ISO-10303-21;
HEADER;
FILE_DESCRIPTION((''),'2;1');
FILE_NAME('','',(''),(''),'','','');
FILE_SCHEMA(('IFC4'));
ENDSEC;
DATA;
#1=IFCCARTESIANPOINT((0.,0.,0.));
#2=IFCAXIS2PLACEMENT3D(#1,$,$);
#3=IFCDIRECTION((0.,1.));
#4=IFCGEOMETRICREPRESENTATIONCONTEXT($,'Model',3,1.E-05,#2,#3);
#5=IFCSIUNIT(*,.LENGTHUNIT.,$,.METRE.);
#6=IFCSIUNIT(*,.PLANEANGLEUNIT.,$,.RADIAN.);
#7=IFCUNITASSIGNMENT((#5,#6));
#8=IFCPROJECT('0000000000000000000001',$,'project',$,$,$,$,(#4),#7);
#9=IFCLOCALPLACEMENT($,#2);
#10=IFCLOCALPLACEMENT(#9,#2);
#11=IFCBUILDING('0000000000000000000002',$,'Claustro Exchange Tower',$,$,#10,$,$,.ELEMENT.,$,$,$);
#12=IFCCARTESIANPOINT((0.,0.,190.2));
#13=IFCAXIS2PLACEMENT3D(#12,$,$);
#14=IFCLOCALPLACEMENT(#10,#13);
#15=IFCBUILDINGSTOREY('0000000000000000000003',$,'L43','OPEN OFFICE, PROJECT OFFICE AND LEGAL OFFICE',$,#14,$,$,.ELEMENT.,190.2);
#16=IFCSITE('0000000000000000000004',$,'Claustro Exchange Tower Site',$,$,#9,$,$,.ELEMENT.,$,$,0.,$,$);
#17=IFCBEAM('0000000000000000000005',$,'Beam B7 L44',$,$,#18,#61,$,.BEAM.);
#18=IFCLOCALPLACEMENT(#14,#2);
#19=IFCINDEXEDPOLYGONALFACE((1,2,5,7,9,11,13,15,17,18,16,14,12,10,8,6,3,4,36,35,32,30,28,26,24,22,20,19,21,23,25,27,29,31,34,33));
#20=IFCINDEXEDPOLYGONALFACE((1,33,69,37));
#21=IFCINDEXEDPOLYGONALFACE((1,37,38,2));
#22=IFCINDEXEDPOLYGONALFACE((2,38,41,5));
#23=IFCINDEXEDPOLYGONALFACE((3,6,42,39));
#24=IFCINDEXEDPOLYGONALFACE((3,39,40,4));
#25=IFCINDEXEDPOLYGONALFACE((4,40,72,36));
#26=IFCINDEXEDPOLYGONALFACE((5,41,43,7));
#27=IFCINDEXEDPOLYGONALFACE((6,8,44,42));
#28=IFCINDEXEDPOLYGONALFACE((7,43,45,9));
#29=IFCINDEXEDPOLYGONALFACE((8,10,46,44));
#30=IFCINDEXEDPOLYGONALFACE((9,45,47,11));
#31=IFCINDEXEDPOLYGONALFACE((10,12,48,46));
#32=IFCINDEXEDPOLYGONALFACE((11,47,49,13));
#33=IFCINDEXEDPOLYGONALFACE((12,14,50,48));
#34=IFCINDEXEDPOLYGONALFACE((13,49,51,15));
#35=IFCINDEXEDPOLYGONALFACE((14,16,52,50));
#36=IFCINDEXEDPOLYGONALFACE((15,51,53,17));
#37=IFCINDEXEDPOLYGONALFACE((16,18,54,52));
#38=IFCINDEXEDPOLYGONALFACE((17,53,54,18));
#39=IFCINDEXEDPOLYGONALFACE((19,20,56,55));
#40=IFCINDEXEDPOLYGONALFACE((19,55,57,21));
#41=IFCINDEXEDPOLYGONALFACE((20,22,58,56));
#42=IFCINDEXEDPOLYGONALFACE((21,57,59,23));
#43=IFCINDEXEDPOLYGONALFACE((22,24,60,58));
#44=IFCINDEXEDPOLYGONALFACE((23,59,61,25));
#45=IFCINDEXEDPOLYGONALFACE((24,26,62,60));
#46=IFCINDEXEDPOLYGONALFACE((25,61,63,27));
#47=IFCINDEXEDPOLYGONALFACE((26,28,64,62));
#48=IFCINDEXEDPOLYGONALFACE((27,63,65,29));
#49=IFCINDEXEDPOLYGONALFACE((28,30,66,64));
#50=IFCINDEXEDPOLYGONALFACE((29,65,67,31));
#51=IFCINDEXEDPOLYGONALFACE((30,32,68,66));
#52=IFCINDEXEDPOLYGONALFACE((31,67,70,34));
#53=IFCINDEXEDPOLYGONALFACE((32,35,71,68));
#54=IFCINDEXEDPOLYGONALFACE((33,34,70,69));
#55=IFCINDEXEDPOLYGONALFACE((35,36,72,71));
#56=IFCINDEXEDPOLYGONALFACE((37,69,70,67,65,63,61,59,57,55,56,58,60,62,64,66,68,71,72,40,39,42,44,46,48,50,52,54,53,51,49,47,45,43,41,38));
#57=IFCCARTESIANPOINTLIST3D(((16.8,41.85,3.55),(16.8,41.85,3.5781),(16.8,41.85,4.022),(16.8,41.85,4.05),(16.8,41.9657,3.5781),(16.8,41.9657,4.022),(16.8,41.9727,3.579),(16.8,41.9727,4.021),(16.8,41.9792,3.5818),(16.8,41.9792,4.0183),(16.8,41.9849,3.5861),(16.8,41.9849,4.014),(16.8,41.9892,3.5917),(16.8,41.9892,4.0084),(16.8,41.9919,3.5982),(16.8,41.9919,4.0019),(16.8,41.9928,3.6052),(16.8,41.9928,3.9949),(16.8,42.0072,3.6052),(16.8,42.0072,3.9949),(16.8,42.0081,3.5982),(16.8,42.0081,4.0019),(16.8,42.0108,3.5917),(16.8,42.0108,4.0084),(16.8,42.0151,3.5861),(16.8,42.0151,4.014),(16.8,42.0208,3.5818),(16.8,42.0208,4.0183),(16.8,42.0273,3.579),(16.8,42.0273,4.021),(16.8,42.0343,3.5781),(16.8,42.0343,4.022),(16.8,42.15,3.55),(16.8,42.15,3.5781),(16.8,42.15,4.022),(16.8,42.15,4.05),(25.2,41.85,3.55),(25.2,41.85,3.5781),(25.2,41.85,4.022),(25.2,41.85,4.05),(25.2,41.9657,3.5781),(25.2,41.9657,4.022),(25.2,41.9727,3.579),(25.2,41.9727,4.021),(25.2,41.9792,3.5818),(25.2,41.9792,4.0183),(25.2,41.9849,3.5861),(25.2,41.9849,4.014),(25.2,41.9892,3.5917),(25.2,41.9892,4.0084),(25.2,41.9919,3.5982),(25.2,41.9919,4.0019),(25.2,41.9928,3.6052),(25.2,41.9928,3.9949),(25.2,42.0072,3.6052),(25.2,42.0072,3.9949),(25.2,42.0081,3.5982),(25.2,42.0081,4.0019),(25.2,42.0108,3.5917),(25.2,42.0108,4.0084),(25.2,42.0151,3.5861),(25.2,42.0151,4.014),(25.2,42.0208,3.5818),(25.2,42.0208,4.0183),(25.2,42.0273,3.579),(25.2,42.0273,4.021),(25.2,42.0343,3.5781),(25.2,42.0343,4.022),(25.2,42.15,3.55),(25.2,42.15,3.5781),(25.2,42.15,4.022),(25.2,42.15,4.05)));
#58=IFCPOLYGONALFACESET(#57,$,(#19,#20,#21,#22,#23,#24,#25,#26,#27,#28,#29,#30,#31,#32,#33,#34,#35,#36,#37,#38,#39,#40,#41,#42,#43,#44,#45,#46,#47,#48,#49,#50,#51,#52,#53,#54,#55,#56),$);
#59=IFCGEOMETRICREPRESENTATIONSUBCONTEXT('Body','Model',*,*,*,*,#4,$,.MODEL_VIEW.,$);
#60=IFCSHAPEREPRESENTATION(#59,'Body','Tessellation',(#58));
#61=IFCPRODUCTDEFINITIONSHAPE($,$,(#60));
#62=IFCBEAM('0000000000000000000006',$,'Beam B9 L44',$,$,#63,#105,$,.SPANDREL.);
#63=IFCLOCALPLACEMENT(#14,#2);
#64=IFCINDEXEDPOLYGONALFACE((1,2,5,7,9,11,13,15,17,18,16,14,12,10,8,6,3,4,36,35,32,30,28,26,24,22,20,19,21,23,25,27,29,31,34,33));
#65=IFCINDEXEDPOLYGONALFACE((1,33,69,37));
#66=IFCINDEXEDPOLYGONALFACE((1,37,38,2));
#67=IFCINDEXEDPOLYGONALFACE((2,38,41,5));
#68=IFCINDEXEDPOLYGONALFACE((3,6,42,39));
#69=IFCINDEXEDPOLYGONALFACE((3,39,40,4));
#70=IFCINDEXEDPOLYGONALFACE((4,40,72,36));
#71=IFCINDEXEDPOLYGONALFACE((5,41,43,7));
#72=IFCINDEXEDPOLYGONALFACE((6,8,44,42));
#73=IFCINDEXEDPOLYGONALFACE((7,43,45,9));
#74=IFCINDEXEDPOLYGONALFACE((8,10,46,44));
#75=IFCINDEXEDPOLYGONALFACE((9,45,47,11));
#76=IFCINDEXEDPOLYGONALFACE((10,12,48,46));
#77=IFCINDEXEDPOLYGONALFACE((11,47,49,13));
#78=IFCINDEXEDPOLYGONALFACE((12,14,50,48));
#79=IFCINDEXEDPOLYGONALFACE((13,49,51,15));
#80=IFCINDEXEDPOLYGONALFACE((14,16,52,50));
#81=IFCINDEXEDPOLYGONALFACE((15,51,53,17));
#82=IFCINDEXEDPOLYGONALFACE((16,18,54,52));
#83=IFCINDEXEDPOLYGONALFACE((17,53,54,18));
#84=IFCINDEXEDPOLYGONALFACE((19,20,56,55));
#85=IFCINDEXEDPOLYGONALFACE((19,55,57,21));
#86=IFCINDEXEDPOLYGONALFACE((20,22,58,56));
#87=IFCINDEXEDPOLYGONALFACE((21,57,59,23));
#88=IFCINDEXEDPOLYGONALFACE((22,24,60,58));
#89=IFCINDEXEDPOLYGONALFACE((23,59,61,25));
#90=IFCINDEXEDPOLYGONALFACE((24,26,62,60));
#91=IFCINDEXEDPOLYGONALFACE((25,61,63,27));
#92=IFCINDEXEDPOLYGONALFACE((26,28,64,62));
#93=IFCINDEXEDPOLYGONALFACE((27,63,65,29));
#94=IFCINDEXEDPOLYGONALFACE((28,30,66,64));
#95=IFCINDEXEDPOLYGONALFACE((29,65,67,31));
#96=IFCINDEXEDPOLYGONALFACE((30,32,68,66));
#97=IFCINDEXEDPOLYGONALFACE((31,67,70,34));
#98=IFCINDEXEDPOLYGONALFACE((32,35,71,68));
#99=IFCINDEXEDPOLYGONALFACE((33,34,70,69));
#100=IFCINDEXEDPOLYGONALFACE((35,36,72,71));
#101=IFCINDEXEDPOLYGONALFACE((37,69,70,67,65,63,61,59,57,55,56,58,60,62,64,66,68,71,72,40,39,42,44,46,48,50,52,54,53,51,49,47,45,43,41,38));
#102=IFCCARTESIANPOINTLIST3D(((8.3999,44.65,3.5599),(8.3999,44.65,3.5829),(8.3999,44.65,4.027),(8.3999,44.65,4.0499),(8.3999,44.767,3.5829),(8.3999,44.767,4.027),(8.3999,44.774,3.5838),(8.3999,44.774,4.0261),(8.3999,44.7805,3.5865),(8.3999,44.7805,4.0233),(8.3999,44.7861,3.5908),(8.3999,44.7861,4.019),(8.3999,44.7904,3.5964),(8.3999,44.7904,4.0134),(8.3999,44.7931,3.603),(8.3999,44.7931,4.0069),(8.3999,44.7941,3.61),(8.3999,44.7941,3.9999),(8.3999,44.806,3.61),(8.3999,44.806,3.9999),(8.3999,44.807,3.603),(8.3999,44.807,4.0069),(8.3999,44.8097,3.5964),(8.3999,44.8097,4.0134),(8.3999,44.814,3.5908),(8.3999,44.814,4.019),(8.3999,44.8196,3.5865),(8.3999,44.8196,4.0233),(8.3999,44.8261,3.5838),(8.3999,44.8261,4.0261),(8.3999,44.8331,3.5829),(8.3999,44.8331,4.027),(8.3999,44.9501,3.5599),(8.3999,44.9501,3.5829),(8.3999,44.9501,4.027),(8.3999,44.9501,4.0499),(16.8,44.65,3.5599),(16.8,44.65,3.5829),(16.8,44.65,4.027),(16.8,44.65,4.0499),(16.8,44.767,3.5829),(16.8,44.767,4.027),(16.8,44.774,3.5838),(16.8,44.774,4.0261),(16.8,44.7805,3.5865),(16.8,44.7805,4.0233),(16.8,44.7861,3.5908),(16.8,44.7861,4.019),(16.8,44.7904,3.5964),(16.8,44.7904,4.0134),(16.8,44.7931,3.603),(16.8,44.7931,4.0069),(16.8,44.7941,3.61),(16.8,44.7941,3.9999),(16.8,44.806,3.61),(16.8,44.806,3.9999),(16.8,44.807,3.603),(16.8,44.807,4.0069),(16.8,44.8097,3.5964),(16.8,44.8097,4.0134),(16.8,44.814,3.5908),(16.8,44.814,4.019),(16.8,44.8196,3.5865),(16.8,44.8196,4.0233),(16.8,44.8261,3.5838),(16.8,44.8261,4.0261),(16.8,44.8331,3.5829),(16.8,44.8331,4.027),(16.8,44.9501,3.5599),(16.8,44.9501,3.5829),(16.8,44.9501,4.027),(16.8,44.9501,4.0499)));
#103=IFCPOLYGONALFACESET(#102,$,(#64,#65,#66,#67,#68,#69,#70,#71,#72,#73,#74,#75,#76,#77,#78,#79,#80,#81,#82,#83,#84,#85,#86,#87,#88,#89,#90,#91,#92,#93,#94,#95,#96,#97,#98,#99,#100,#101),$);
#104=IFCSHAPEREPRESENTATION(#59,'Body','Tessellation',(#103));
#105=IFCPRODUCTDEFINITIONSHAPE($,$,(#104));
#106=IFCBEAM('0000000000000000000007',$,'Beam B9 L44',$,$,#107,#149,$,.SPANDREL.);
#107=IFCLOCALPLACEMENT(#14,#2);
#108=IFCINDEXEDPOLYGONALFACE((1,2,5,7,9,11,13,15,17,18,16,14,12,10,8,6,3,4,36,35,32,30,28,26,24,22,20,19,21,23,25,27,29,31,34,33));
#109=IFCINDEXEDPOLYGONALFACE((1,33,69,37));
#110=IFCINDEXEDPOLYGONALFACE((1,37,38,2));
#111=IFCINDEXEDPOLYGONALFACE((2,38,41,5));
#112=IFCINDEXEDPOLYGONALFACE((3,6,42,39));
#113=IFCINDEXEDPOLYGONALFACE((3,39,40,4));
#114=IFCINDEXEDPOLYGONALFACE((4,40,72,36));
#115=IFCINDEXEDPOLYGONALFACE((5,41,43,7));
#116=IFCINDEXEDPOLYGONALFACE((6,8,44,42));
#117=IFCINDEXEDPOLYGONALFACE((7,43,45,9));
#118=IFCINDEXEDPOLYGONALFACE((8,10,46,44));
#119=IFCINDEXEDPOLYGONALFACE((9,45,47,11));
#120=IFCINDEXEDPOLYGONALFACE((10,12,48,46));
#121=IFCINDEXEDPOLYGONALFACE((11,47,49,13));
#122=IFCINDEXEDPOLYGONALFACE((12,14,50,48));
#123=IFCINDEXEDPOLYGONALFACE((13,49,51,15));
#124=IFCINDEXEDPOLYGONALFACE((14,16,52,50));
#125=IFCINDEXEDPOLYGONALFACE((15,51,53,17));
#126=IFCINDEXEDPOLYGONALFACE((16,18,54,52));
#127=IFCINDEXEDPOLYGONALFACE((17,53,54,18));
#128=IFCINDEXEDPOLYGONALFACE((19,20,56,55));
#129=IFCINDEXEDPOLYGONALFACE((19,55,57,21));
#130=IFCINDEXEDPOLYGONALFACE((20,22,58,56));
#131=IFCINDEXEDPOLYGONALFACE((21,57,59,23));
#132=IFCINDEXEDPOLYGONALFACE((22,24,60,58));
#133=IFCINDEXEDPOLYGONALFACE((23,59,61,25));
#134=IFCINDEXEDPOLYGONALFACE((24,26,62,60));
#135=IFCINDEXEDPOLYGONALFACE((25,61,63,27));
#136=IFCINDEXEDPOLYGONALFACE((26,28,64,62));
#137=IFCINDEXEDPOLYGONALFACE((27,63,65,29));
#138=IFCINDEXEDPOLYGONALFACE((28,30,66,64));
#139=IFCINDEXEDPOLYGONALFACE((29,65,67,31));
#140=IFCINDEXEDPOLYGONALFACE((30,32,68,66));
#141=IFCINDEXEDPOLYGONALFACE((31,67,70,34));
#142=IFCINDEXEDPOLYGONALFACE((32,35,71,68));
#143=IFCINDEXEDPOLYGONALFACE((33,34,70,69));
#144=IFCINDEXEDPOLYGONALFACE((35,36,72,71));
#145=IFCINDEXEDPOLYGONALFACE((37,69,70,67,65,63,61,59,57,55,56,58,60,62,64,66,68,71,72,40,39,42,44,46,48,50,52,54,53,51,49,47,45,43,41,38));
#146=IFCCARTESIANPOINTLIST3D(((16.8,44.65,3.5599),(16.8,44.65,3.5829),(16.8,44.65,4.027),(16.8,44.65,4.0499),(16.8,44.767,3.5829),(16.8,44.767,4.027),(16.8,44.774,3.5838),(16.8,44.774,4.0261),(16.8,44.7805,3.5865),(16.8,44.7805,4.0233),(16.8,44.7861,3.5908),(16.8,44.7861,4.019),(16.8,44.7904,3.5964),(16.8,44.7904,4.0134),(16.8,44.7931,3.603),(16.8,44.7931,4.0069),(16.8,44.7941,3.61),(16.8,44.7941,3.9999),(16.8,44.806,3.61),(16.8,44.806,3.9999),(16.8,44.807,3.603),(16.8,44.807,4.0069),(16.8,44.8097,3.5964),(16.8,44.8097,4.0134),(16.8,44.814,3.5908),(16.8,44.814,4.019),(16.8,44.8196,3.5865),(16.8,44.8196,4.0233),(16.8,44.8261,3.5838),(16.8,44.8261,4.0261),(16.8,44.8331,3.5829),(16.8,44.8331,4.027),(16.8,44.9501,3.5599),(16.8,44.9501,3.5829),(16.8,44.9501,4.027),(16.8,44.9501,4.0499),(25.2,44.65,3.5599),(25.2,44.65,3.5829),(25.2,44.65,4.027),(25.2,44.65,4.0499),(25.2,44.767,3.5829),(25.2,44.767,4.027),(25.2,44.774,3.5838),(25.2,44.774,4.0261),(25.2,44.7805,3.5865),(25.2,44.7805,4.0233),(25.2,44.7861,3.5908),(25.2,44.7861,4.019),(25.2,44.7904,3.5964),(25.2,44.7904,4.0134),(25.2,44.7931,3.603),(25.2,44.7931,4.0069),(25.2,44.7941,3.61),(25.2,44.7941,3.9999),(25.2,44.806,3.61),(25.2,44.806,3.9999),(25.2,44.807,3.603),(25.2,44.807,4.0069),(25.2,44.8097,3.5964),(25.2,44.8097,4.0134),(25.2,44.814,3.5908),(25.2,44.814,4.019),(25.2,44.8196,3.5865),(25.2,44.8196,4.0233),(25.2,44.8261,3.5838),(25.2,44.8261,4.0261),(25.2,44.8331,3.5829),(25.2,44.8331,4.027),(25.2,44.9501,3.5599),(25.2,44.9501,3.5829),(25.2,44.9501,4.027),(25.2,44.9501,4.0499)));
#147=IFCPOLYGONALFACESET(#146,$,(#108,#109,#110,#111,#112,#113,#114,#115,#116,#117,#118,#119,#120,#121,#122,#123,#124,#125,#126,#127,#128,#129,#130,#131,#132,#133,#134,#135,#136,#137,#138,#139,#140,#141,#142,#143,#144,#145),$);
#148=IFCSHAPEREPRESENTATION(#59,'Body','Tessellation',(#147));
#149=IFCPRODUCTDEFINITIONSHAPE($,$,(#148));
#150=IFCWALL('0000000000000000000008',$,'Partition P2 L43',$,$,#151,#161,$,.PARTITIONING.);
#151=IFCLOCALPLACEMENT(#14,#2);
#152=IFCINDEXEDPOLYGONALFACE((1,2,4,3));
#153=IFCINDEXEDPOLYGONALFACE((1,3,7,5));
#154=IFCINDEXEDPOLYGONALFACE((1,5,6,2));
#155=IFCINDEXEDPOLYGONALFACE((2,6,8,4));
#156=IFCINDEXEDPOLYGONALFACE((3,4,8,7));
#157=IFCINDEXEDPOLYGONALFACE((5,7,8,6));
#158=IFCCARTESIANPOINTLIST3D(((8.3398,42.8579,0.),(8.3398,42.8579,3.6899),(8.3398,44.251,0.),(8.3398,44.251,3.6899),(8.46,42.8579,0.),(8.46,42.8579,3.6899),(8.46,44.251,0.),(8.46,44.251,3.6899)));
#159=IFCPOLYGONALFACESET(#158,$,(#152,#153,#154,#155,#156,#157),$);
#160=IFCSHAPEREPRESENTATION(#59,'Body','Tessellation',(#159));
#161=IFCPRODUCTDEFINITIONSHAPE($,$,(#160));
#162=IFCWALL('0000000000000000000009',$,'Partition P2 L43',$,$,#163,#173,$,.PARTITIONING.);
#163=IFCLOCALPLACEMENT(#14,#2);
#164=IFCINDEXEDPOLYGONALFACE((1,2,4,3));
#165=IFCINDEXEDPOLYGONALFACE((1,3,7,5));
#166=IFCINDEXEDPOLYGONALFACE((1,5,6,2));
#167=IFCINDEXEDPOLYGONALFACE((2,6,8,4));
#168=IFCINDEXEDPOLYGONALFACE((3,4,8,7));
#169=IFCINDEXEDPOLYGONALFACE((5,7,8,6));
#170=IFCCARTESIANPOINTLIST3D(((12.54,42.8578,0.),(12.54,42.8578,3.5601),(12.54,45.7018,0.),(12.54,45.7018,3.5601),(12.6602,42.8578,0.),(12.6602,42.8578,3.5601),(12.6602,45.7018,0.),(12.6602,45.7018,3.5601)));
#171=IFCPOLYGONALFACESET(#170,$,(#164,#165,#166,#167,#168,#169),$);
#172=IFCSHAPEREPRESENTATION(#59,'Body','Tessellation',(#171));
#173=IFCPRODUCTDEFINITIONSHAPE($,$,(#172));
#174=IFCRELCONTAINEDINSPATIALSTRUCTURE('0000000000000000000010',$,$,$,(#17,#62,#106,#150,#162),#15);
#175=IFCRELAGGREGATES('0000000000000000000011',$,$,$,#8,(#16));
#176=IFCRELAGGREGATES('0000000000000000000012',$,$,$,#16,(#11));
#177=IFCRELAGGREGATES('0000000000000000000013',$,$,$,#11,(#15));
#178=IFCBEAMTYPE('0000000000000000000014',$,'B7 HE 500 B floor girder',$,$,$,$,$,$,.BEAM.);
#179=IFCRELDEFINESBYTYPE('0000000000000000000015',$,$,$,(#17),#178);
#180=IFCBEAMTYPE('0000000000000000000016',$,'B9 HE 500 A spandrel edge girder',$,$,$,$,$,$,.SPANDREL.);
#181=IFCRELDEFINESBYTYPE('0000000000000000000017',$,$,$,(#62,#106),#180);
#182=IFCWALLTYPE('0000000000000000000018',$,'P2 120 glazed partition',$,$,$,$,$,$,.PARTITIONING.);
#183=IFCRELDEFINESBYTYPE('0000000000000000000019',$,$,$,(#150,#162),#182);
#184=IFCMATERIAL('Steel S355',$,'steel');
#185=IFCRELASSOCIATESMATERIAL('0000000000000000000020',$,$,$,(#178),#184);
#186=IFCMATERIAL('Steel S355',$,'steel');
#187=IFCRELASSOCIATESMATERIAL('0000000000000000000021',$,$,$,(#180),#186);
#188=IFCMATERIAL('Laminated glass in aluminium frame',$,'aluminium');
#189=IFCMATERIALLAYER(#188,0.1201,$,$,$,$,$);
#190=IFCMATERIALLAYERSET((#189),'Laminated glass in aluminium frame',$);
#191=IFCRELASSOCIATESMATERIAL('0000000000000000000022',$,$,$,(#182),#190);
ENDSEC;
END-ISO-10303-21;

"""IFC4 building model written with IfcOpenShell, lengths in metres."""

from ifc_helpers import new_model, si_unit, direction, frame, frame_2d, origin, origin_2d, place, context, subcontext, project, spatial, rectangle, i_section, extrude, material, layer, layer_set, material_profile, profile_set, type_object, element, save


model = new_model("IFC4")

# Units and contexts
model_context = context("Model", 3, precision=1e-05, world=origin(), true_north=direction((0.0, 1.0)))
body_context = subcontext(model_context, "Body", "Model", "MODEL_VIEW")
ifc_project = project(units=[si_unit("LENGTHUNIT", "METRE"), si_unit("PLANEANGLEUNIT", "RADIAN")], contexts=[model_context])

# Site, building, storey
site_placement = place(None, origin())
site = spatial("IfcSite", under=ifc_project, at=site_placement, Name="Claustro Exchange Tower Site", CompositionType="ELEMENT", RefElevation=0.0)
building_placement = place(site_placement, origin())
building = spatial("IfcBuilding", under=site, at=building_placement, Name="Claustro Exchange Tower", CompositionType="ELEMENT")
storey_placement = place(building_placement, frame((0.0, 0.0, 190.2)))
storey = spatial("IfcBuildingStorey", under=building, at=storey_placement, Name="L43", Description="OPEN OFFICE, PROJECT OFFICE AND LEGAL OFFICE", CompositionType="ELEMENT", Elevation=190.2)

# Beams
ifc_material_1 = material(Name="Steel S355", Category="steel")
ifc_material_profile_1 = material_profile(ifc_material_1, i_section(OverallWidth=0.3, OverallDepth=0.5, WebThickness=0.0144, FlangeThickness=0.0281, FilletRadius=0.0271, at=origin_2d()), Name="HE 500 B")
ifc_profile_set_1 = profile_set([ifc_material_profile_1], Name="Steel S355")
beam_type_1 = type_object("IfcBeamType", Name="B7 HE 500 B floor girder", PredefinedType="BEAM", material=ifc_profile_set_1)
beam_1_placement = place(storey_placement, frame((16.8, 42.0, 3.8), z_axis=(1.0, 0.0, 0.0), x_axis=(0.0, 1.0, 0.0)))
element("IfcBeam", 1, at=beam_1_placement, inside=storey, type_object=beam_type_1, Name="Beam B7 L44", PredefinedType="BEAM", context=body_context, shape_type="SweptSolid", body=[
    extrude(i_section(OverallWidth=0.3, OverallDepth=0.5, WebThickness=0.0144, FlangeThickness=0.0281, FilletRadius=0.0271, at=origin_2d()), origin(), (0.0, 0.0, 1.0), 8.3999),
])
ifc_material_2 = material(Name="Steel S355", Category="steel")
ifc_material_profile_2 = material_profile(ifc_material_2, i_section(OverallWidth=0.3, OverallDepth=0.49, WebThickness=0.012, FlangeThickness=0.0229, FilletRadius=0.0271, at=origin_2d()), Name="HE 500 A")
ifc_profile_set_2 = profile_set([ifc_material_profile_2], Name="Steel S355")
beam_type_2 = type_object("IfcBeamType", Name="B9 HE 500 A spandrel edge girder", PredefinedType="SPANDREL", material=ifc_profile_set_2)
beam_2_placement = place(storey_placement, frame((8.3999, 44.8, 3.8049), z_axis=(1.0, 0.0, 0.0), x_axis=(0.0, 1.0, 0.0)))
element("IfcBeam", 2, at=beam_2_placement, inside=storey, type_object=beam_type_2, Name="Beam B9 L44", PredefinedType="SPANDREL", context=body_context, shape_type="SweptSolid", body=[
    extrude(i_section(OverallWidth=0.3, OverallDepth=0.49, WebThickness=0.012, FlangeThickness=0.0229, FilletRadius=0.0271, at=origin_2d()), origin(), (0.0, 0.0, 1.0), 8.4001),
])
beam_3_placement = place(storey_placement, frame((16.8, 44.8, 3.8049), z_axis=(1.0, 0.0, 0.0), x_axis=(0.0, 1.0, 0.0)))
element("IfcBeam", 3, at=beam_3_placement, inside=storey, type_object=beam_type_2, Name="Beam B9 L44", PredefinedType="SPANDREL", context=body_context, shape_type="SweptSolid", body=[
    extrude(i_section(OverallWidth=0.3, OverallDepth=0.49, WebThickness=0.012, FlangeThickness=0.0229, FilletRadius=0.0271, at=origin_2d()), origin(), (0.0, 0.0, 1.0), 8.3999),
])

# Walls
ifc_material_3 = material(Name="Laminated glass in aluminium frame", Category="aluminium")
ifc_layer_1 = layer(ifc_material_3, 0.1201)
ifc_layer_set_1 = layer_set([ifc_layer_1], Name="Laminated glass in aluminium frame")
wall_type_1 = type_object("IfcWallType", Name="P2 120 glazed partition", PredefinedType="PARTITIONING", material=ifc_layer_set_1)
wall_1_placement = place(storey_placement, frame((8.3999, 42.8579, 0.0), z_axis=(0.0, 0.0, 1.0), x_axis=(0.0, 1.0, 0.0)))
element("IfcWall", 4, at=wall_1_placement, inside=storey, type_object=wall_type_1, Name="Partition P2 L43", PredefinedType="PARTITIONING", context=body_context, shape_type="SweptSolid", body=[
    extrude(rectangle(XDim=1.3931, YDim=0.1201, at=frame_2d((0.6965, 0.0))), origin(), (0.0, 0.0, 1.0), 3.6899),
])
wall_2_placement = place(storey_placement, frame((12.6001, 42.8579, 0.0), z_axis=(0.0, 0.0, 1.0), x_axis=(0.0, 1.0, 0.0)))
element("IfcWall", 5, at=wall_2_placement, inside=storey, type_object=wall_type_1, Name="Partition P2 L43", PredefinedType="PARTITIONING", context=body_context, shape_type="SweptSolid", body=[
    extrude(rectangle(XDim=2.844, YDim=0.1201, at=frame_2d((1.4219, 0.0))), origin(), (0.0, 0.0, 1.0), 3.5601),
])

save(model, "model.ifc")
